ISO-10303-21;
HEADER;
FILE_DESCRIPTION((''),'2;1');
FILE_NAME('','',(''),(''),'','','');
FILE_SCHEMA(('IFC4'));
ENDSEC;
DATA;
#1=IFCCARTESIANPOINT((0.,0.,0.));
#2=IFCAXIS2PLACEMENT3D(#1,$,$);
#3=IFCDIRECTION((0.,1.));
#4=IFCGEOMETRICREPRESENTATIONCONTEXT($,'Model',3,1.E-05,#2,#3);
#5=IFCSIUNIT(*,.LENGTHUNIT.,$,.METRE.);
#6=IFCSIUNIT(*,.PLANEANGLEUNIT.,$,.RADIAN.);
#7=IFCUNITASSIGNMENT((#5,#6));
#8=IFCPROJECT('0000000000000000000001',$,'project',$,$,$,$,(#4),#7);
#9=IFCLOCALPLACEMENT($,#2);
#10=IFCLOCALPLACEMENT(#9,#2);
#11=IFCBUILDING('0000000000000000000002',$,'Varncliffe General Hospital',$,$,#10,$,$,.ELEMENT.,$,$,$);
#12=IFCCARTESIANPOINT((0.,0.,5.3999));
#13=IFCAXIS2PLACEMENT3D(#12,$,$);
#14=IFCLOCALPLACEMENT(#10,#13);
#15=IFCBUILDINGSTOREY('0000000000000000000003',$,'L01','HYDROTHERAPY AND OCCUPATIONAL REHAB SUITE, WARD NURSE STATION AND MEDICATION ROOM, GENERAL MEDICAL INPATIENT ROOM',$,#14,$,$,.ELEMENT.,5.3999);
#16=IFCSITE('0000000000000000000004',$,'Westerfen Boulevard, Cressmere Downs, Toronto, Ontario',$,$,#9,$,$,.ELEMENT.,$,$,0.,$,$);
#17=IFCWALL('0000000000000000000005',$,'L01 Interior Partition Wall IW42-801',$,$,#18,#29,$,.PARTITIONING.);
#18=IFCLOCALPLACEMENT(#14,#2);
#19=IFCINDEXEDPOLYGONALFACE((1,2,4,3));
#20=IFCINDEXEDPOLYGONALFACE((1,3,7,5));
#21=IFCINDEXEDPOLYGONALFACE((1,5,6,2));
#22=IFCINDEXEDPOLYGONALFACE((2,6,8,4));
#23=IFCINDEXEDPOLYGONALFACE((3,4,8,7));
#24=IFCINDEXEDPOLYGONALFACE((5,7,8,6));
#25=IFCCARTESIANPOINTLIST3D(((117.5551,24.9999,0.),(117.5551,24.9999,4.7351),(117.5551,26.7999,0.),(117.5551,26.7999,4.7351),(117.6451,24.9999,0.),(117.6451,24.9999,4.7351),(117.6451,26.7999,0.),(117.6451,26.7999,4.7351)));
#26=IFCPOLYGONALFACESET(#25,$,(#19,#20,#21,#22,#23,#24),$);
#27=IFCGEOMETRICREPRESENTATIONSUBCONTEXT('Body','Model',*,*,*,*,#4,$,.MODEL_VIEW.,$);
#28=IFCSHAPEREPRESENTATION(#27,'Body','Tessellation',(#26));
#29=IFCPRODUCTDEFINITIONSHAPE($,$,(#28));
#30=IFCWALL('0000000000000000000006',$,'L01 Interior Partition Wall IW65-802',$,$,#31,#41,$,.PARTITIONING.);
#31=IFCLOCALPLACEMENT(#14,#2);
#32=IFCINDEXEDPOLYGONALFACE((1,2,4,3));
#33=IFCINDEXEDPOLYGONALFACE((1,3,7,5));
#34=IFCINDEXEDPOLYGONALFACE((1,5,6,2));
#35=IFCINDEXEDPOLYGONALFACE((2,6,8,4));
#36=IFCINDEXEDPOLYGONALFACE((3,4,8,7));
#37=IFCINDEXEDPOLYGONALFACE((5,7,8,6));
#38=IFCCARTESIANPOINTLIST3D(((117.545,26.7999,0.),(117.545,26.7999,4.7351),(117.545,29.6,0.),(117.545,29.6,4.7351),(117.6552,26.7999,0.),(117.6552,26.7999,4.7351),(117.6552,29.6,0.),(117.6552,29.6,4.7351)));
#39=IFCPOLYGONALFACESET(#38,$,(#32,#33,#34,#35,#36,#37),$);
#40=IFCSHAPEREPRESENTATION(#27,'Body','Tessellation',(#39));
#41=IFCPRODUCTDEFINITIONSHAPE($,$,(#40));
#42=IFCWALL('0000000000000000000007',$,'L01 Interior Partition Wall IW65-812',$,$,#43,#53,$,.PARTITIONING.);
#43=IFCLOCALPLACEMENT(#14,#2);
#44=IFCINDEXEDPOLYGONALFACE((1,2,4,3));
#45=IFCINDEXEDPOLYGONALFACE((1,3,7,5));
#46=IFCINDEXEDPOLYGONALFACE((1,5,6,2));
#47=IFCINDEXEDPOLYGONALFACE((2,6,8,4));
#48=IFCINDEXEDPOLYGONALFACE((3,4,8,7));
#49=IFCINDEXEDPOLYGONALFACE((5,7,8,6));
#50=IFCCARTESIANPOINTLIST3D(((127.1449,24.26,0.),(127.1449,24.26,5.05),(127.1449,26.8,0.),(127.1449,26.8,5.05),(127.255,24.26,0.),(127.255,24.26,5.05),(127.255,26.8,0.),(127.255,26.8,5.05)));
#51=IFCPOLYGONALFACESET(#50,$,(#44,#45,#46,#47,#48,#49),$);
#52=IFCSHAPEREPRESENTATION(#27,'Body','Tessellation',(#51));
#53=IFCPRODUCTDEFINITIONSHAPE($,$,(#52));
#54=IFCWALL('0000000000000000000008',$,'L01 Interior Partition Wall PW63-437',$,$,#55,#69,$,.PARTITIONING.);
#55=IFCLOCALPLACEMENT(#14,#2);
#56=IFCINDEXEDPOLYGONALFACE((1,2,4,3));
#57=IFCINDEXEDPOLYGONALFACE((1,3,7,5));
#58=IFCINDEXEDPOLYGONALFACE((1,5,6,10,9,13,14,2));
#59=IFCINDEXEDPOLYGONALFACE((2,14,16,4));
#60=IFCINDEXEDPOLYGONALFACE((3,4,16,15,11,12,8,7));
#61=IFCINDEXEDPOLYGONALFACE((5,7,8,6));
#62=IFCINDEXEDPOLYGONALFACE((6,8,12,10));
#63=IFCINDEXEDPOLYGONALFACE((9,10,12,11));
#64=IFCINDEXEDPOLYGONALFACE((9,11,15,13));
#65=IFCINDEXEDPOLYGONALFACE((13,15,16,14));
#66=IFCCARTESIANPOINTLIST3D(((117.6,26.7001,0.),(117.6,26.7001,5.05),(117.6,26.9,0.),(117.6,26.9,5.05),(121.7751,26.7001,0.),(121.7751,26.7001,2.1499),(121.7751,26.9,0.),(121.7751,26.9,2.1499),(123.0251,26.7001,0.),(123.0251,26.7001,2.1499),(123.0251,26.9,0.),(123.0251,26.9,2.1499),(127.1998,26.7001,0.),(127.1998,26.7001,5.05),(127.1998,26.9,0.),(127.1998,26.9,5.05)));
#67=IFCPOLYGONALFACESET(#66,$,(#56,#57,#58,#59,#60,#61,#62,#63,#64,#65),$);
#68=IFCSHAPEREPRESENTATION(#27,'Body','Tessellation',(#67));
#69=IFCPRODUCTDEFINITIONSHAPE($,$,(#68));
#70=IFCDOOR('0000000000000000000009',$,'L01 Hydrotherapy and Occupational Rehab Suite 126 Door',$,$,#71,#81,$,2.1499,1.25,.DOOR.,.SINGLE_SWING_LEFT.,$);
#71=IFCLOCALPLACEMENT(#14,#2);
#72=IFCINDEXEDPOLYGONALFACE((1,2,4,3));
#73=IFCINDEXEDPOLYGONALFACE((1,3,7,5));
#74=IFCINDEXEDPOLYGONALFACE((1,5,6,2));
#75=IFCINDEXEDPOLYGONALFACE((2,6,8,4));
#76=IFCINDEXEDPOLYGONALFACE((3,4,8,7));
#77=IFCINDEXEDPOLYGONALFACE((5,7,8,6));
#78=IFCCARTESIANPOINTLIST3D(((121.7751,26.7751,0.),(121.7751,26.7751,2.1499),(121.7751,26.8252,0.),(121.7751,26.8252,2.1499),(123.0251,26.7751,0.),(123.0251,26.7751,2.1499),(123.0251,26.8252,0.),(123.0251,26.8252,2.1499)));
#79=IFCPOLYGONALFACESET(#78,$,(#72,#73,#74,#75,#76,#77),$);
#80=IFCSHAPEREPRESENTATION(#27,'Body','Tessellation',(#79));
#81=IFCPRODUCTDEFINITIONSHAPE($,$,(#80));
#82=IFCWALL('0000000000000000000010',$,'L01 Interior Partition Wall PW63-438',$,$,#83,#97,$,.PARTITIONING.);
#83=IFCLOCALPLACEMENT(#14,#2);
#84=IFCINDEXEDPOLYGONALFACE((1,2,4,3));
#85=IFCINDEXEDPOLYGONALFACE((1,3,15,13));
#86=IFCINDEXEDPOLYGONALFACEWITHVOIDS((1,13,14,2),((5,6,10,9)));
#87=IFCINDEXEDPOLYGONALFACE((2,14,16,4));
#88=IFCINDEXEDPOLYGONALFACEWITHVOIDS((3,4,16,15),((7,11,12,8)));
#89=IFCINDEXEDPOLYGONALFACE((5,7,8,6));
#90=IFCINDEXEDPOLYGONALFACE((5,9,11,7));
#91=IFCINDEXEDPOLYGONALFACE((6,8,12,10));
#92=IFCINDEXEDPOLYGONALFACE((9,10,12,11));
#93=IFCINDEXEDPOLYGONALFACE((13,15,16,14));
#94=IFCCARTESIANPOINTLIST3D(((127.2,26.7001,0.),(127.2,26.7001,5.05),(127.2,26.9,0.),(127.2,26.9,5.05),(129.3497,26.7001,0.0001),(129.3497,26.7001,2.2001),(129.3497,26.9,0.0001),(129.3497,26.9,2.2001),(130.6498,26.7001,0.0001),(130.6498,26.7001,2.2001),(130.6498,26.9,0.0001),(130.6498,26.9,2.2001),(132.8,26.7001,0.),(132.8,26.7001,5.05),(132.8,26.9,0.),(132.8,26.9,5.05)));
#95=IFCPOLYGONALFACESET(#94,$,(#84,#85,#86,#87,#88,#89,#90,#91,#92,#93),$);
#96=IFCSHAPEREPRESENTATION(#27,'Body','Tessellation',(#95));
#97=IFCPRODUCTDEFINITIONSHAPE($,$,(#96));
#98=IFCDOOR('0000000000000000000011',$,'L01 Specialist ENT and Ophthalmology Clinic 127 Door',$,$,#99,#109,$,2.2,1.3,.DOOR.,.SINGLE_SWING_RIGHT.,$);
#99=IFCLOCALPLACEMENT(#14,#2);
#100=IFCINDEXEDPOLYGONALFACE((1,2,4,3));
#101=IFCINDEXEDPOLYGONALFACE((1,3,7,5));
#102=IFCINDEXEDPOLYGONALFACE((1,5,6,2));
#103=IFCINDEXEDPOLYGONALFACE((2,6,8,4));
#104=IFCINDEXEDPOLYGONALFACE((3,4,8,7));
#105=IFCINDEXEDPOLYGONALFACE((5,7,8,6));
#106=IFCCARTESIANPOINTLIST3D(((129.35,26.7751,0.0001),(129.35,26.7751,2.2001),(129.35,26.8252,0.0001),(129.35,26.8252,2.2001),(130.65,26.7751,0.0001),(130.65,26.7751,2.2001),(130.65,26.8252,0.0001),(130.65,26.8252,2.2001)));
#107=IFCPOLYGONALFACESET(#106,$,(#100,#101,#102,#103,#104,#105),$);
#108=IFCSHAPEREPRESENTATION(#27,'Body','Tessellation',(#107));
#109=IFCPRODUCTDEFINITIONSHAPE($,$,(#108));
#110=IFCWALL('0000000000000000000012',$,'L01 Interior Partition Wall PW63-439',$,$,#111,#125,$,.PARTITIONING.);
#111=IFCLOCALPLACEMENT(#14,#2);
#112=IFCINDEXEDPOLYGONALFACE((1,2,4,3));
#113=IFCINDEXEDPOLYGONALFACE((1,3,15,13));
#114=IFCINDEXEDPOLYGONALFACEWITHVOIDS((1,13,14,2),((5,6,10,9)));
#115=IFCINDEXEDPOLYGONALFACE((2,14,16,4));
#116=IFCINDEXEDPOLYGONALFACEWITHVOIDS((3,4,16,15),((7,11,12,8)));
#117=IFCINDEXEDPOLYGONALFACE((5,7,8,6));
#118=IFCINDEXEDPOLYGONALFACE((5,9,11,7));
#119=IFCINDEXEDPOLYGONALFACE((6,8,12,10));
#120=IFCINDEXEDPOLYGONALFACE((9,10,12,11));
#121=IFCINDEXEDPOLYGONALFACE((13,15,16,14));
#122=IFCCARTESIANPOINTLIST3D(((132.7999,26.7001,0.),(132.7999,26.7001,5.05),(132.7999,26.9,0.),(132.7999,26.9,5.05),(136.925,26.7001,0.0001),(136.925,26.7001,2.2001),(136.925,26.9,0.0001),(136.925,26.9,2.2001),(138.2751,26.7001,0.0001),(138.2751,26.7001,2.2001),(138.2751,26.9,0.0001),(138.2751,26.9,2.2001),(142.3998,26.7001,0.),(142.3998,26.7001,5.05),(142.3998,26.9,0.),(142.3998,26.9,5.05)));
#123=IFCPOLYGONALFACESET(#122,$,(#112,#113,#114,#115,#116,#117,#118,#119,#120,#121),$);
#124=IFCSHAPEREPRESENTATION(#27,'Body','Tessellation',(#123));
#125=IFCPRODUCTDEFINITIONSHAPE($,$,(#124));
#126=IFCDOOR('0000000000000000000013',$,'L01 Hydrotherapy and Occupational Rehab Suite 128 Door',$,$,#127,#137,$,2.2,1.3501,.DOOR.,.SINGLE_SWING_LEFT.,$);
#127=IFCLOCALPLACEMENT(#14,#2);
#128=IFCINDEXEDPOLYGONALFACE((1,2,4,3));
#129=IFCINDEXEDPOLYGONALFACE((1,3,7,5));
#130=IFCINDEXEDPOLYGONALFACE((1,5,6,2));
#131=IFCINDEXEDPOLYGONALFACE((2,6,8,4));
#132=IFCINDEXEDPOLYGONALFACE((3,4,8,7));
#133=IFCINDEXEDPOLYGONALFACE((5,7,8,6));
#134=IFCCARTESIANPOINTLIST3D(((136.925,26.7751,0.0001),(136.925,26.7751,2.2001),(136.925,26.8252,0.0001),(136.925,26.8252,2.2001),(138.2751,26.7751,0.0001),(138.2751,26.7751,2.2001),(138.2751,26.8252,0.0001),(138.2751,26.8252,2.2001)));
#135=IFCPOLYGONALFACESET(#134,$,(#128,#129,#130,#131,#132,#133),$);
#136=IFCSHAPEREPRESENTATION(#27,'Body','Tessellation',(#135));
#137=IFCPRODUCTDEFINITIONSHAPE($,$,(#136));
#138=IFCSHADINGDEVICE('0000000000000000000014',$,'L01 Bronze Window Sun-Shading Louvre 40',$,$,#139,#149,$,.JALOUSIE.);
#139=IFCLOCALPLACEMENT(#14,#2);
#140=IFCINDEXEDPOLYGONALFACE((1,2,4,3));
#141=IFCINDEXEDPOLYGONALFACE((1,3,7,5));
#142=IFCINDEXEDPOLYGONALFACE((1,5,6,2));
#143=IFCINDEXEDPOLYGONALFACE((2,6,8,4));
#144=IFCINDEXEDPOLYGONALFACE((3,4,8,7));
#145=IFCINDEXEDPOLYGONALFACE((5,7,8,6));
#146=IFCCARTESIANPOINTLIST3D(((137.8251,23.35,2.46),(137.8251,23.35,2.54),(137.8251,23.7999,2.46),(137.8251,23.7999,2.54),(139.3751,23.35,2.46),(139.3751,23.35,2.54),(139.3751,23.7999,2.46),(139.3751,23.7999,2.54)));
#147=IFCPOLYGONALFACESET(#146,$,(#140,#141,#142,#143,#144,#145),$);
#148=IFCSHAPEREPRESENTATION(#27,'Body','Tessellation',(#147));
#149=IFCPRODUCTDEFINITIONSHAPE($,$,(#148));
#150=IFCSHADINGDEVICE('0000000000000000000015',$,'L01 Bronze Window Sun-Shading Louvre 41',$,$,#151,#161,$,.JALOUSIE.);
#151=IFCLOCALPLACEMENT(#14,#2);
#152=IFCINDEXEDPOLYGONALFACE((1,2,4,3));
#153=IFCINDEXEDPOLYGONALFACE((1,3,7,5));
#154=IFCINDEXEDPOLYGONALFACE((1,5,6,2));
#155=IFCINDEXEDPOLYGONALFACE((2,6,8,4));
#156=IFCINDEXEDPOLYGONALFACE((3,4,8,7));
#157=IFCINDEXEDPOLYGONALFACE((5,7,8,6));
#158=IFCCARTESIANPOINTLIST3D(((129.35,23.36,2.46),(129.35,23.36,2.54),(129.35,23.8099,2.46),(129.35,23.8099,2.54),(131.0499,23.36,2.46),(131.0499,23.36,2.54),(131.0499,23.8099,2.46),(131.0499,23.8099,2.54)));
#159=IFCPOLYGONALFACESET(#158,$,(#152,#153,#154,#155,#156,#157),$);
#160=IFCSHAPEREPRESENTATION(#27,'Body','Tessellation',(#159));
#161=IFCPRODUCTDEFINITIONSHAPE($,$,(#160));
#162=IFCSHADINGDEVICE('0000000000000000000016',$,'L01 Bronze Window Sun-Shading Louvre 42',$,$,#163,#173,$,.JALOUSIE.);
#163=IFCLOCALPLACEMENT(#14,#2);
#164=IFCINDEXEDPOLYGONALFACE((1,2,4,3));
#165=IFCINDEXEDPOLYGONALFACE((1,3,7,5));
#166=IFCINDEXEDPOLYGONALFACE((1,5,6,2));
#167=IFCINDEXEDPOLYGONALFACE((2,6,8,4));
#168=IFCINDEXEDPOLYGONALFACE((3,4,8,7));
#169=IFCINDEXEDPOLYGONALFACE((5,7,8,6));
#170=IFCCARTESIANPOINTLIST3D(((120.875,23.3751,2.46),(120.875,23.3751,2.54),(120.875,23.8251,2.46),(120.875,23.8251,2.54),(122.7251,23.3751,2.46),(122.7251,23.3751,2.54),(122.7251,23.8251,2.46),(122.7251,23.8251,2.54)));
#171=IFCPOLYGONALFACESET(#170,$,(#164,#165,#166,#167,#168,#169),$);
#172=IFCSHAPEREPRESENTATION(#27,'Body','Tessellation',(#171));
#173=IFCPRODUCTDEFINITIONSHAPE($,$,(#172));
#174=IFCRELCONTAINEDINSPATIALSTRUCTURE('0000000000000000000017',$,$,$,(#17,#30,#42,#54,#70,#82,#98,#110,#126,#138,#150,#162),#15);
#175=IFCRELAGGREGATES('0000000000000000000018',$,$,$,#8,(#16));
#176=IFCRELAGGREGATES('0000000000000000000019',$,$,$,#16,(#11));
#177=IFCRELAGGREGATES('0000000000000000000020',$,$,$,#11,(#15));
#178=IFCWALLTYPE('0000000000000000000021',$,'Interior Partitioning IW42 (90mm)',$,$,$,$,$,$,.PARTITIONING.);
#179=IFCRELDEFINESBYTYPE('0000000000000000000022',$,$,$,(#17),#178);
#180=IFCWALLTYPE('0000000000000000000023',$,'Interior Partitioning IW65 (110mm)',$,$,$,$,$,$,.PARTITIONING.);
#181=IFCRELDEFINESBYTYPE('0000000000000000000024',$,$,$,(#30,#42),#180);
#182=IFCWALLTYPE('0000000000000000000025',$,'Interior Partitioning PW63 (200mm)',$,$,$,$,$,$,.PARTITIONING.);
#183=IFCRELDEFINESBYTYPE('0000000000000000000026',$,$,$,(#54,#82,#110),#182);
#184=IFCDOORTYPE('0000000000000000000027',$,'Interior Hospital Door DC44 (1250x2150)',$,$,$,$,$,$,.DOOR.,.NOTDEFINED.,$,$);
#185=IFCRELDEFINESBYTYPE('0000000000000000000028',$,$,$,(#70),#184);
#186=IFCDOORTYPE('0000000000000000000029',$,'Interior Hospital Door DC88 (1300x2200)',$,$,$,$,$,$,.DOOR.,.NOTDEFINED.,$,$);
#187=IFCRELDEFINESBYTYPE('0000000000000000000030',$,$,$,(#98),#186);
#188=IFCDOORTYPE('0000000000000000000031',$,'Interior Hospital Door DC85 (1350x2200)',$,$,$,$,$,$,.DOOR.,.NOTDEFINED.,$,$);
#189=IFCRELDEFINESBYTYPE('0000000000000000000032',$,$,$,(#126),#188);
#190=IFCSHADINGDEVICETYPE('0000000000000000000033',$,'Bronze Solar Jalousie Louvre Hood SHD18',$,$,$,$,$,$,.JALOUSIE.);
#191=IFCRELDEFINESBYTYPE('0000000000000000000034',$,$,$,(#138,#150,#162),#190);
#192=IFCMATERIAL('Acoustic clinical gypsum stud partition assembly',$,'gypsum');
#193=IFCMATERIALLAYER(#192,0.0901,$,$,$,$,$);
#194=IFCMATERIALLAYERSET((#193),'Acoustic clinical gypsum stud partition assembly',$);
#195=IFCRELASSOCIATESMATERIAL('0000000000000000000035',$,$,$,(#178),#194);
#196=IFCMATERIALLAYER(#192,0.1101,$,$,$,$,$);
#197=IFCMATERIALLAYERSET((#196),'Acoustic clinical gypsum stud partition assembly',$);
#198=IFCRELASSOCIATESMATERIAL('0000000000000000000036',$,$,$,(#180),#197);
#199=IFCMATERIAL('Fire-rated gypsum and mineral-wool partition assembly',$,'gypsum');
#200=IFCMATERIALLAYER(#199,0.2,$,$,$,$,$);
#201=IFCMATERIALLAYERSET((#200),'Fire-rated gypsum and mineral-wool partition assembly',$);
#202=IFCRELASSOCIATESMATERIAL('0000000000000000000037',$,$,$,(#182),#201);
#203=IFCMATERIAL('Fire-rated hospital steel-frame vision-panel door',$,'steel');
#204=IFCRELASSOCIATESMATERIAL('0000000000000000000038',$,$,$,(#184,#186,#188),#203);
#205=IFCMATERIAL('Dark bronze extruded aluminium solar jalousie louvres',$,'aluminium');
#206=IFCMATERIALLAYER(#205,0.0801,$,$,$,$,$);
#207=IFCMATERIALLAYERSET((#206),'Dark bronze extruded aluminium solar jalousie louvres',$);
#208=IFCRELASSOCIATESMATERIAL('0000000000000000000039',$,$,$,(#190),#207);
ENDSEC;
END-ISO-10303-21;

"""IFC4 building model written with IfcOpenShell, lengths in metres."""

from ifc_helpers import new_model, si_unit, direction, frame, frame_2d, origin, origin_2d, place, context, subcontext, project, spatial, rectangle, extrude, material, layer, layer_set, type_object, element, fill, save


model = new_model("IFC4")

# Units and contexts
model_context = context("Model", 3, precision=1e-05, world=origin(), true_north=direction((0.0, 1.0)))
body_context = subcontext(model_context, "Body", "Model", "MODEL_VIEW")
ifc_project = project(units=[si_unit("LENGTHUNIT", "METRE"), si_unit("PLANEANGLEUNIT", "RADIAN")], contexts=[model_context])

# Site, building, storey
site_placement = place(None, origin())
site = spatial("IfcSite", under=ifc_project, at=site_placement, Name="Westerfen Boulevard, Cressmere Downs, Toronto, Ontario", CompositionType="ELEMENT", RefElevation=0.0)
building_placement = place(site_placement, origin())
building = spatial("IfcBuilding", under=site, at=building_placement, Name="Varncliffe General Hospital", CompositionType="ELEMENT")
storey_placement = place(building_placement, frame((0.0, 0.0, 5.3999)))
storey = spatial("IfcBuildingStorey", under=building, at=storey_placement, Name="L01", Description="HYDROTHERAPY AND OCCUPATIONAL REHAB SUITE, WARD NURSE STATION AND MEDICATION ROOM, GENERAL MEDICAL INPATIENT ROOM", CompositionType="ELEMENT", Elevation=5.3999)

# Walls
ifc_material_1 = material(Name="Acoustic clinical gypsum stud partition assembly", Category="gypsum")
ifc_layer_1 = layer(ifc_material_1, 0.0901)
ifc_layer_set_1 = layer_set([ifc_layer_1], Name="Acoustic clinical gypsum stud partition assembly")
wall_type_1 = type_object("IfcWallType", Name="Interior Partitioning IW42 (90mm)", PredefinedType="PARTITIONING", material=ifc_layer_set_1)
wall_1_placement = place(storey_placement, frame((117.6001, 25.0, 0.0), z_axis=(0.0, 0.0, 1.0), x_axis=(0.0, 1.0, 0.0)))
element("IfcWall", 1, at=wall_1_placement, inside=storey, type_object=wall_type_1, Name="L01 Interior Partition Wall IW42-801", PredefinedType="PARTITIONING", context=body_context, shape_type="SweptSolid", body=[
    extrude(rectangle(XDim=1.8, YDim=0.0901, at=frame_2d((0.8999, 0.0))), origin(), (0.0, 0.0, 1.0), 4.7351),
])
ifc_layer_2 = layer(ifc_material_1, 0.1101)
ifc_layer_set_2 = layer_set([ifc_layer_2], Name="Acoustic clinical gypsum stud partition assembly")
wall_type_2 = type_object("IfcWallType", Name="Interior Partitioning IW65 (110mm)", PredefinedType="PARTITIONING", material=ifc_layer_set_2)
wall_2_placement = place(storey_placement, frame((117.6001, 26.8, 0.0), z_axis=(0.0, 0.0, 1.0), x_axis=(0.0, 1.0, 0.0)))
element("IfcWall", 2, at=wall_2_placement, inside=storey, type_object=wall_type_2, Name="L01 Interior Partition Wall IW65-802", PredefinedType="PARTITIONING", context=body_context, shape_type="SweptSolid", body=[
    extrude(rectangle(XDim=2.8, YDim=0.1101, at=frame_2d((1.3999, 0.0))), origin(), (0.0, 0.0, 1.0), 4.7351),
])
wall_3_placement = place(storey_placement, frame((127.2, 24.26, 0.0), z_axis=(0.0, 0.0, 1.0), x_axis=(0.0, 1.0, 0.0)))
element("IfcWall", 3, at=wall_3_placement, inside=storey, type_object=wall_type_2, Name="L01 Interior Partition Wall IW65-812", PredefinedType="PARTITIONING", context=body_context, shape_type="SweptSolid", body=[
    extrude(rectangle(XDim=2.54, YDim=0.1101, at=frame_2d((1.27, 0.0))), origin(), (0.0, 0.0, 1.0), 5.05),
])

# Walls, openings, doors
ifc_material_2 = material(Name="Fire-rated gypsum and mineral-wool partition assembly", Category="gypsum")
ifc_layer_3 = layer(ifc_material_2, 0.2)
ifc_layer_set_3 = layer_set([ifc_layer_3], Name="Fire-rated gypsum and mineral-wool partition assembly")
wall_type_3 = type_object("IfcWallType", Name="Interior Partitioning PW63 (200mm)", PredefinedType="PARTITIONING", material=ifc_layer_set_3)
wall_4_placement = place(storey_placement, frame((117.6001, 26.8, 0.0), z_axis=(0.0, 0.0, 1.0), x_axis=(1.0, 0.0, 0.0)))
wall_4 = element("IfcWall", 4, at=wall_4_placement, inside=storey, type_object=wall_type_3, Name="L01 Interior Partition Wall PW63-437", PredefinedType="PARTITIONING", context=body_context, shape_type="SweptSolid", body=[
    extrude(rectangle(XDim=9.5999, YDim=0.2, at=frame_2d((4.7998, 0.0))), origin(), (0.0, 0.0, 1.0), 5.05),
])
opening_1_placement = place(wall_4_placement, frame((4.175, 0.0, 0.0)))
opening_1 = element("IfcOpeningElement", 5, at=opening_1_placement, cuts=wall_4, PredefinedType="OPENING", context=body_context, shape_type="SweptSolid", body=[
    extrude(rectangle(XDim=1.25, YDim=2.1499, at=frame_2d((0.625, 1.075))), frame((0.0, 0.1099, 0.0), z_axis=(0.0, -1.0, 0.0), x_axis=(1.0, 0.0, 0.0)), (0.0, 0.0, 1.0), 0.22),
])
ifc_material_3 = material(Name="Fire-rated hospital steel-frame vision-panel door", Category="steel")
door_type_1 = type_object("IfcDoorType", Name="Interior Hospital Door DC44 (1250x2150)", OperationType="NOTDEFINED", PredefinedType="DOOR", material=ifc_material_3)
door_1_placement = place(opening_1_placement, frame((1.25, 0.0, 0.0), z_axis=(0.0, 0.0, 1.0), x_axis=(-1.0, 0.0, 0.0)))
door_1 = element("IfcDoor", 6, at=door_1_placement, inside=storey, type_object=door_type_1, Name="L01 Hydrotherapy and Occupational Rehab Suite 126 Door", OperationType="SINGLE_SWING_LEFT", OverallHeight=2.1499, OverallWidth=1.25, PredefinedType="DOOR", context=body_context, shape_type="SweptSolid", body=[
    extrude(rectangle(XDim=1.25, YDim=2.1499, at=frame_2d((0.625, 1.075))), frame((0.0, 0.0249, 0.0), z_axis=(0.0, -1.0, 0.0), x_axis=(1.0, 0.0, 0.0)), (0.0, 0.0, 1.0), 0.05),
])
fill(opening_1, door_1)
wall_5_placement = place(storey_placement, frame((127.2, 26.8, 0.0), z_axis=(0.0, 0.0, 1.0), x_axis=(1.0, 0.0, 0.0)))
wall_5 = element("IfcWall", 7, at=wall_5_placement, inside=storey, type_object=wall_type_3, Name="L01 Interior Partition Wall PW63-438", PredefinedType="PARTITIONING", context=body_context, shape_type="SweptSolid", body=[
    extrude(rectangle(XDim=5.6001, YDim=0.2, at=frame_2d((2.8, 0.0))), origin(), (0.0, 0.0, 1.0), 5.05),
])
opening_2_placement = place(wall_5_placement, frame((2.1499, 0.0, 0.0)))
opening_2 = element("IfcOpeningElement", 8, at=opening_2_placement, cuts=wall_5, PredefinedType="OPENING", context=body_context, shape_type="SweptSolid", body=[
    extrude(rectangle(XDim=1.3, YDim=2.2, at=frame_2d((0.6499, 1.1001))), frame((0.0, 0.1099, 0.0), z_axis=(0.0, -1.0, 0.0), x_axis=(1.0, 0.0, 0.0)), (0.0, 0.0, 1.0), 0.22),
])
door_type_2 = type_object("IfcDoorType", Name="Interior Hospital Door DC88 (1300x2200)", OperationType="NOTDEFINED", PredefinedType="DOOR", material=ifc_material_3)
door_2_placement = place(opening_2_placement, frame((1.3, 0.0, 0.0), z_axis=(0.0, 0.0, 1.0), x_axis=(-1.0, 0.0, 0.0)))
door_2 = element("IfcDoor", 9, at=door_2_placement, inside=storey, type_object=door_type_2, Name="L01 Specialist ENT and Ophthalmology Clinic 127 Door", OperationType="SINGLE_SWING_RIGHT", OverallHeight=2.2, OverallWidth=1.3, PredefinedType="DOOR", context=body_context, shape_type="SweptSolid", body=[
    extrude(rectangle(XDim=1.3, YDim=2.2, at=frame_2d((0.6499, 1.1001))), frame((0.0, 0.0249, 0.0), z_axis=(0.0, -1.0, 0.0), x_axis=(1.0, 0.0, 0.0)), (0.0, 0.0, 1.0), 0.05),
])
fill(opening_2, door_2)
wall_6_placement = place(storey_placement, frame((132.8, 26.8, 0.0), z_axis=(0.0, 0.0, 1.0), x_axis=(1.0, 0.0, 0.0)))
wall_6 = element("IfcWall", 10, at=wall_6_placement, inside=storey, type_object=wall_type_3, Name="L01 Interior Partition Wall PW63-439", PredefinedType="PARTITIONING", context=body_context, shape_type="SweptSolid", body=[
    extrude(rectangle(XDim=9.5999, YDim=0.2, at=frame_2d((4.7998, 0.0))), origin(), (0.0, 0.0, 1.0), 5.05),
])
opening_3_placement = place(wall_6_placement, frame((4.125, 0.0, 0.0)))
opening_3 = element("IfcOpeningElement", 11, at=opening_3_placement, cuts=wall_6, PredefinedType="OPENING", context=body_context, shape_type="SweptSolid", body=[
    extrude(rectangle(XDim=1.3501, YDim=2.2, at=frame_2d((0.675, 1.1001))), frame((0.0, 0.1099, 0.0), z_axis=(0.0, -1.0, 0.0), x_axis=(1.0, 0.0, 0.0)), (0.0, 0.0, 1.0), 0.22),
])
door_type_3 = type_object("IfcDoorType", Name="Interior Hospital Door DC85 (1350x2200)", OperationType="NOTDEFINED", PredefinedType="DOOR", material=ifc_material_3)
door_3_placement = place(opening_3_placement, frame((1.3501, 0.0, 0.0), z_axis=(0.0, 0.0, 1.0), x_axis=(-1.0, 0.0, 0.0)))
door_3 = element("IfcDoor", 12, at=door_3_placement, inside=storey, type_object=door_type_3, Name="L01 Hydrotherapy and Occupational Rehab Suite 128 Door", OperationType="SINGLE_SWING_LEFT", OverallHeight=2.2, OverallWidth=1.3501, PredefinedType="DOOR", context=body_context, shape_type="SweptSolid", body=[
    extrude(rectangle(XDim=1.3501, YDim=2.2, at=frame_2d((0.675, 1.1001))), frame((0.0, 0.0249, 0.0), z_axis=(0.0, -1.0, 0.0), x_axis=(1.0, 0.0, 0.0)), (0.0, 0.0, 1.0), 0.05),
])
fill(opening_3, door_3)

# Shading devices
ifc_material_4 = material(Name="Dark bronze extruded aluminium solar jalousie louvres", Category="aluminium")
ifc_layer_4 = layer(ifc_material_4, 0.0801)
ifc_layer_set_4 = layer_set([ifc_layer_4], Name="Dark bronze extruded aluminium solar jalousie louvres")
shading_device_type = type_object("IfcShadingDeviceType", Name="Bronze Solar Jalousie Louvre Hood SHD18", PredefinedType="JALOUSIE", material=ifc_layer_set_4)
shading_device_1_placement = place(storey_placement, frame((138.6001, 23.575, 2.46), z_axis=(0.0, 0.0, 1.0), x_axis=(-1.0, 0.0, 0.0)))
element("IfcShadingDevice", 13, at=shading_device_1_placement, inside=storey, type_object=shading_device_type, Name="L01 Bronze Window Sun-Shading Louvre 40", PredefinedType="JALOUSIE", context=body_context, shape_type="SweptSolid", body=[
    extrude(rectangle(XDim=1.55, YDim=0.45, at=origin_2d()), origin(), (0.0, 0.0, 1.0), 0.0801),
])
shading_device_2_placement = place(storey_placement, frame((130.2, 23.585, 2.46), z_axis=(0.0, 0.0, 1.0), x_axis=(-1.0, 0.0, 0.0)))
element("IfcShadingDevice", 14, at=shading_device_2_placement, inside=storey, type_object=shading_device_type, Name="L01 Bronze Window Sun-Shading Louvre 41", PredefinedType="JALOUSIE", context=body_context, shape_type="SweptSolid", body=[
    extrude(rectangle(XDim=1.7, YDim=0.45, at=origin_2d()), origin(), (0.0, 0.0, 1.0), 0.0801),
])
shading_device_3_placement = place(storey_placement, frame((121.8, 23.6001, 2.46), z_axis=(0.0, 0.0, 1.0), x_axis=(-1.0, 0.0, 0.0)))
element("IfcShadingDevice", 15, at=shading_device_3_placement, inside=storey, type_object=shading_device_type, Name="L01 Bronze Window Sun-Shading Louvre 42", PredefinedType="JALOUSIE", context=body_context, shape_type="SweptSolid", body=[
    extrude(rectangle(XDim=1.8501, YDim=0.45, at=origin_2d()), origin(), (0.0, 0.0, 1.0), 0.0801),
])

save(model, "model.ifc")
